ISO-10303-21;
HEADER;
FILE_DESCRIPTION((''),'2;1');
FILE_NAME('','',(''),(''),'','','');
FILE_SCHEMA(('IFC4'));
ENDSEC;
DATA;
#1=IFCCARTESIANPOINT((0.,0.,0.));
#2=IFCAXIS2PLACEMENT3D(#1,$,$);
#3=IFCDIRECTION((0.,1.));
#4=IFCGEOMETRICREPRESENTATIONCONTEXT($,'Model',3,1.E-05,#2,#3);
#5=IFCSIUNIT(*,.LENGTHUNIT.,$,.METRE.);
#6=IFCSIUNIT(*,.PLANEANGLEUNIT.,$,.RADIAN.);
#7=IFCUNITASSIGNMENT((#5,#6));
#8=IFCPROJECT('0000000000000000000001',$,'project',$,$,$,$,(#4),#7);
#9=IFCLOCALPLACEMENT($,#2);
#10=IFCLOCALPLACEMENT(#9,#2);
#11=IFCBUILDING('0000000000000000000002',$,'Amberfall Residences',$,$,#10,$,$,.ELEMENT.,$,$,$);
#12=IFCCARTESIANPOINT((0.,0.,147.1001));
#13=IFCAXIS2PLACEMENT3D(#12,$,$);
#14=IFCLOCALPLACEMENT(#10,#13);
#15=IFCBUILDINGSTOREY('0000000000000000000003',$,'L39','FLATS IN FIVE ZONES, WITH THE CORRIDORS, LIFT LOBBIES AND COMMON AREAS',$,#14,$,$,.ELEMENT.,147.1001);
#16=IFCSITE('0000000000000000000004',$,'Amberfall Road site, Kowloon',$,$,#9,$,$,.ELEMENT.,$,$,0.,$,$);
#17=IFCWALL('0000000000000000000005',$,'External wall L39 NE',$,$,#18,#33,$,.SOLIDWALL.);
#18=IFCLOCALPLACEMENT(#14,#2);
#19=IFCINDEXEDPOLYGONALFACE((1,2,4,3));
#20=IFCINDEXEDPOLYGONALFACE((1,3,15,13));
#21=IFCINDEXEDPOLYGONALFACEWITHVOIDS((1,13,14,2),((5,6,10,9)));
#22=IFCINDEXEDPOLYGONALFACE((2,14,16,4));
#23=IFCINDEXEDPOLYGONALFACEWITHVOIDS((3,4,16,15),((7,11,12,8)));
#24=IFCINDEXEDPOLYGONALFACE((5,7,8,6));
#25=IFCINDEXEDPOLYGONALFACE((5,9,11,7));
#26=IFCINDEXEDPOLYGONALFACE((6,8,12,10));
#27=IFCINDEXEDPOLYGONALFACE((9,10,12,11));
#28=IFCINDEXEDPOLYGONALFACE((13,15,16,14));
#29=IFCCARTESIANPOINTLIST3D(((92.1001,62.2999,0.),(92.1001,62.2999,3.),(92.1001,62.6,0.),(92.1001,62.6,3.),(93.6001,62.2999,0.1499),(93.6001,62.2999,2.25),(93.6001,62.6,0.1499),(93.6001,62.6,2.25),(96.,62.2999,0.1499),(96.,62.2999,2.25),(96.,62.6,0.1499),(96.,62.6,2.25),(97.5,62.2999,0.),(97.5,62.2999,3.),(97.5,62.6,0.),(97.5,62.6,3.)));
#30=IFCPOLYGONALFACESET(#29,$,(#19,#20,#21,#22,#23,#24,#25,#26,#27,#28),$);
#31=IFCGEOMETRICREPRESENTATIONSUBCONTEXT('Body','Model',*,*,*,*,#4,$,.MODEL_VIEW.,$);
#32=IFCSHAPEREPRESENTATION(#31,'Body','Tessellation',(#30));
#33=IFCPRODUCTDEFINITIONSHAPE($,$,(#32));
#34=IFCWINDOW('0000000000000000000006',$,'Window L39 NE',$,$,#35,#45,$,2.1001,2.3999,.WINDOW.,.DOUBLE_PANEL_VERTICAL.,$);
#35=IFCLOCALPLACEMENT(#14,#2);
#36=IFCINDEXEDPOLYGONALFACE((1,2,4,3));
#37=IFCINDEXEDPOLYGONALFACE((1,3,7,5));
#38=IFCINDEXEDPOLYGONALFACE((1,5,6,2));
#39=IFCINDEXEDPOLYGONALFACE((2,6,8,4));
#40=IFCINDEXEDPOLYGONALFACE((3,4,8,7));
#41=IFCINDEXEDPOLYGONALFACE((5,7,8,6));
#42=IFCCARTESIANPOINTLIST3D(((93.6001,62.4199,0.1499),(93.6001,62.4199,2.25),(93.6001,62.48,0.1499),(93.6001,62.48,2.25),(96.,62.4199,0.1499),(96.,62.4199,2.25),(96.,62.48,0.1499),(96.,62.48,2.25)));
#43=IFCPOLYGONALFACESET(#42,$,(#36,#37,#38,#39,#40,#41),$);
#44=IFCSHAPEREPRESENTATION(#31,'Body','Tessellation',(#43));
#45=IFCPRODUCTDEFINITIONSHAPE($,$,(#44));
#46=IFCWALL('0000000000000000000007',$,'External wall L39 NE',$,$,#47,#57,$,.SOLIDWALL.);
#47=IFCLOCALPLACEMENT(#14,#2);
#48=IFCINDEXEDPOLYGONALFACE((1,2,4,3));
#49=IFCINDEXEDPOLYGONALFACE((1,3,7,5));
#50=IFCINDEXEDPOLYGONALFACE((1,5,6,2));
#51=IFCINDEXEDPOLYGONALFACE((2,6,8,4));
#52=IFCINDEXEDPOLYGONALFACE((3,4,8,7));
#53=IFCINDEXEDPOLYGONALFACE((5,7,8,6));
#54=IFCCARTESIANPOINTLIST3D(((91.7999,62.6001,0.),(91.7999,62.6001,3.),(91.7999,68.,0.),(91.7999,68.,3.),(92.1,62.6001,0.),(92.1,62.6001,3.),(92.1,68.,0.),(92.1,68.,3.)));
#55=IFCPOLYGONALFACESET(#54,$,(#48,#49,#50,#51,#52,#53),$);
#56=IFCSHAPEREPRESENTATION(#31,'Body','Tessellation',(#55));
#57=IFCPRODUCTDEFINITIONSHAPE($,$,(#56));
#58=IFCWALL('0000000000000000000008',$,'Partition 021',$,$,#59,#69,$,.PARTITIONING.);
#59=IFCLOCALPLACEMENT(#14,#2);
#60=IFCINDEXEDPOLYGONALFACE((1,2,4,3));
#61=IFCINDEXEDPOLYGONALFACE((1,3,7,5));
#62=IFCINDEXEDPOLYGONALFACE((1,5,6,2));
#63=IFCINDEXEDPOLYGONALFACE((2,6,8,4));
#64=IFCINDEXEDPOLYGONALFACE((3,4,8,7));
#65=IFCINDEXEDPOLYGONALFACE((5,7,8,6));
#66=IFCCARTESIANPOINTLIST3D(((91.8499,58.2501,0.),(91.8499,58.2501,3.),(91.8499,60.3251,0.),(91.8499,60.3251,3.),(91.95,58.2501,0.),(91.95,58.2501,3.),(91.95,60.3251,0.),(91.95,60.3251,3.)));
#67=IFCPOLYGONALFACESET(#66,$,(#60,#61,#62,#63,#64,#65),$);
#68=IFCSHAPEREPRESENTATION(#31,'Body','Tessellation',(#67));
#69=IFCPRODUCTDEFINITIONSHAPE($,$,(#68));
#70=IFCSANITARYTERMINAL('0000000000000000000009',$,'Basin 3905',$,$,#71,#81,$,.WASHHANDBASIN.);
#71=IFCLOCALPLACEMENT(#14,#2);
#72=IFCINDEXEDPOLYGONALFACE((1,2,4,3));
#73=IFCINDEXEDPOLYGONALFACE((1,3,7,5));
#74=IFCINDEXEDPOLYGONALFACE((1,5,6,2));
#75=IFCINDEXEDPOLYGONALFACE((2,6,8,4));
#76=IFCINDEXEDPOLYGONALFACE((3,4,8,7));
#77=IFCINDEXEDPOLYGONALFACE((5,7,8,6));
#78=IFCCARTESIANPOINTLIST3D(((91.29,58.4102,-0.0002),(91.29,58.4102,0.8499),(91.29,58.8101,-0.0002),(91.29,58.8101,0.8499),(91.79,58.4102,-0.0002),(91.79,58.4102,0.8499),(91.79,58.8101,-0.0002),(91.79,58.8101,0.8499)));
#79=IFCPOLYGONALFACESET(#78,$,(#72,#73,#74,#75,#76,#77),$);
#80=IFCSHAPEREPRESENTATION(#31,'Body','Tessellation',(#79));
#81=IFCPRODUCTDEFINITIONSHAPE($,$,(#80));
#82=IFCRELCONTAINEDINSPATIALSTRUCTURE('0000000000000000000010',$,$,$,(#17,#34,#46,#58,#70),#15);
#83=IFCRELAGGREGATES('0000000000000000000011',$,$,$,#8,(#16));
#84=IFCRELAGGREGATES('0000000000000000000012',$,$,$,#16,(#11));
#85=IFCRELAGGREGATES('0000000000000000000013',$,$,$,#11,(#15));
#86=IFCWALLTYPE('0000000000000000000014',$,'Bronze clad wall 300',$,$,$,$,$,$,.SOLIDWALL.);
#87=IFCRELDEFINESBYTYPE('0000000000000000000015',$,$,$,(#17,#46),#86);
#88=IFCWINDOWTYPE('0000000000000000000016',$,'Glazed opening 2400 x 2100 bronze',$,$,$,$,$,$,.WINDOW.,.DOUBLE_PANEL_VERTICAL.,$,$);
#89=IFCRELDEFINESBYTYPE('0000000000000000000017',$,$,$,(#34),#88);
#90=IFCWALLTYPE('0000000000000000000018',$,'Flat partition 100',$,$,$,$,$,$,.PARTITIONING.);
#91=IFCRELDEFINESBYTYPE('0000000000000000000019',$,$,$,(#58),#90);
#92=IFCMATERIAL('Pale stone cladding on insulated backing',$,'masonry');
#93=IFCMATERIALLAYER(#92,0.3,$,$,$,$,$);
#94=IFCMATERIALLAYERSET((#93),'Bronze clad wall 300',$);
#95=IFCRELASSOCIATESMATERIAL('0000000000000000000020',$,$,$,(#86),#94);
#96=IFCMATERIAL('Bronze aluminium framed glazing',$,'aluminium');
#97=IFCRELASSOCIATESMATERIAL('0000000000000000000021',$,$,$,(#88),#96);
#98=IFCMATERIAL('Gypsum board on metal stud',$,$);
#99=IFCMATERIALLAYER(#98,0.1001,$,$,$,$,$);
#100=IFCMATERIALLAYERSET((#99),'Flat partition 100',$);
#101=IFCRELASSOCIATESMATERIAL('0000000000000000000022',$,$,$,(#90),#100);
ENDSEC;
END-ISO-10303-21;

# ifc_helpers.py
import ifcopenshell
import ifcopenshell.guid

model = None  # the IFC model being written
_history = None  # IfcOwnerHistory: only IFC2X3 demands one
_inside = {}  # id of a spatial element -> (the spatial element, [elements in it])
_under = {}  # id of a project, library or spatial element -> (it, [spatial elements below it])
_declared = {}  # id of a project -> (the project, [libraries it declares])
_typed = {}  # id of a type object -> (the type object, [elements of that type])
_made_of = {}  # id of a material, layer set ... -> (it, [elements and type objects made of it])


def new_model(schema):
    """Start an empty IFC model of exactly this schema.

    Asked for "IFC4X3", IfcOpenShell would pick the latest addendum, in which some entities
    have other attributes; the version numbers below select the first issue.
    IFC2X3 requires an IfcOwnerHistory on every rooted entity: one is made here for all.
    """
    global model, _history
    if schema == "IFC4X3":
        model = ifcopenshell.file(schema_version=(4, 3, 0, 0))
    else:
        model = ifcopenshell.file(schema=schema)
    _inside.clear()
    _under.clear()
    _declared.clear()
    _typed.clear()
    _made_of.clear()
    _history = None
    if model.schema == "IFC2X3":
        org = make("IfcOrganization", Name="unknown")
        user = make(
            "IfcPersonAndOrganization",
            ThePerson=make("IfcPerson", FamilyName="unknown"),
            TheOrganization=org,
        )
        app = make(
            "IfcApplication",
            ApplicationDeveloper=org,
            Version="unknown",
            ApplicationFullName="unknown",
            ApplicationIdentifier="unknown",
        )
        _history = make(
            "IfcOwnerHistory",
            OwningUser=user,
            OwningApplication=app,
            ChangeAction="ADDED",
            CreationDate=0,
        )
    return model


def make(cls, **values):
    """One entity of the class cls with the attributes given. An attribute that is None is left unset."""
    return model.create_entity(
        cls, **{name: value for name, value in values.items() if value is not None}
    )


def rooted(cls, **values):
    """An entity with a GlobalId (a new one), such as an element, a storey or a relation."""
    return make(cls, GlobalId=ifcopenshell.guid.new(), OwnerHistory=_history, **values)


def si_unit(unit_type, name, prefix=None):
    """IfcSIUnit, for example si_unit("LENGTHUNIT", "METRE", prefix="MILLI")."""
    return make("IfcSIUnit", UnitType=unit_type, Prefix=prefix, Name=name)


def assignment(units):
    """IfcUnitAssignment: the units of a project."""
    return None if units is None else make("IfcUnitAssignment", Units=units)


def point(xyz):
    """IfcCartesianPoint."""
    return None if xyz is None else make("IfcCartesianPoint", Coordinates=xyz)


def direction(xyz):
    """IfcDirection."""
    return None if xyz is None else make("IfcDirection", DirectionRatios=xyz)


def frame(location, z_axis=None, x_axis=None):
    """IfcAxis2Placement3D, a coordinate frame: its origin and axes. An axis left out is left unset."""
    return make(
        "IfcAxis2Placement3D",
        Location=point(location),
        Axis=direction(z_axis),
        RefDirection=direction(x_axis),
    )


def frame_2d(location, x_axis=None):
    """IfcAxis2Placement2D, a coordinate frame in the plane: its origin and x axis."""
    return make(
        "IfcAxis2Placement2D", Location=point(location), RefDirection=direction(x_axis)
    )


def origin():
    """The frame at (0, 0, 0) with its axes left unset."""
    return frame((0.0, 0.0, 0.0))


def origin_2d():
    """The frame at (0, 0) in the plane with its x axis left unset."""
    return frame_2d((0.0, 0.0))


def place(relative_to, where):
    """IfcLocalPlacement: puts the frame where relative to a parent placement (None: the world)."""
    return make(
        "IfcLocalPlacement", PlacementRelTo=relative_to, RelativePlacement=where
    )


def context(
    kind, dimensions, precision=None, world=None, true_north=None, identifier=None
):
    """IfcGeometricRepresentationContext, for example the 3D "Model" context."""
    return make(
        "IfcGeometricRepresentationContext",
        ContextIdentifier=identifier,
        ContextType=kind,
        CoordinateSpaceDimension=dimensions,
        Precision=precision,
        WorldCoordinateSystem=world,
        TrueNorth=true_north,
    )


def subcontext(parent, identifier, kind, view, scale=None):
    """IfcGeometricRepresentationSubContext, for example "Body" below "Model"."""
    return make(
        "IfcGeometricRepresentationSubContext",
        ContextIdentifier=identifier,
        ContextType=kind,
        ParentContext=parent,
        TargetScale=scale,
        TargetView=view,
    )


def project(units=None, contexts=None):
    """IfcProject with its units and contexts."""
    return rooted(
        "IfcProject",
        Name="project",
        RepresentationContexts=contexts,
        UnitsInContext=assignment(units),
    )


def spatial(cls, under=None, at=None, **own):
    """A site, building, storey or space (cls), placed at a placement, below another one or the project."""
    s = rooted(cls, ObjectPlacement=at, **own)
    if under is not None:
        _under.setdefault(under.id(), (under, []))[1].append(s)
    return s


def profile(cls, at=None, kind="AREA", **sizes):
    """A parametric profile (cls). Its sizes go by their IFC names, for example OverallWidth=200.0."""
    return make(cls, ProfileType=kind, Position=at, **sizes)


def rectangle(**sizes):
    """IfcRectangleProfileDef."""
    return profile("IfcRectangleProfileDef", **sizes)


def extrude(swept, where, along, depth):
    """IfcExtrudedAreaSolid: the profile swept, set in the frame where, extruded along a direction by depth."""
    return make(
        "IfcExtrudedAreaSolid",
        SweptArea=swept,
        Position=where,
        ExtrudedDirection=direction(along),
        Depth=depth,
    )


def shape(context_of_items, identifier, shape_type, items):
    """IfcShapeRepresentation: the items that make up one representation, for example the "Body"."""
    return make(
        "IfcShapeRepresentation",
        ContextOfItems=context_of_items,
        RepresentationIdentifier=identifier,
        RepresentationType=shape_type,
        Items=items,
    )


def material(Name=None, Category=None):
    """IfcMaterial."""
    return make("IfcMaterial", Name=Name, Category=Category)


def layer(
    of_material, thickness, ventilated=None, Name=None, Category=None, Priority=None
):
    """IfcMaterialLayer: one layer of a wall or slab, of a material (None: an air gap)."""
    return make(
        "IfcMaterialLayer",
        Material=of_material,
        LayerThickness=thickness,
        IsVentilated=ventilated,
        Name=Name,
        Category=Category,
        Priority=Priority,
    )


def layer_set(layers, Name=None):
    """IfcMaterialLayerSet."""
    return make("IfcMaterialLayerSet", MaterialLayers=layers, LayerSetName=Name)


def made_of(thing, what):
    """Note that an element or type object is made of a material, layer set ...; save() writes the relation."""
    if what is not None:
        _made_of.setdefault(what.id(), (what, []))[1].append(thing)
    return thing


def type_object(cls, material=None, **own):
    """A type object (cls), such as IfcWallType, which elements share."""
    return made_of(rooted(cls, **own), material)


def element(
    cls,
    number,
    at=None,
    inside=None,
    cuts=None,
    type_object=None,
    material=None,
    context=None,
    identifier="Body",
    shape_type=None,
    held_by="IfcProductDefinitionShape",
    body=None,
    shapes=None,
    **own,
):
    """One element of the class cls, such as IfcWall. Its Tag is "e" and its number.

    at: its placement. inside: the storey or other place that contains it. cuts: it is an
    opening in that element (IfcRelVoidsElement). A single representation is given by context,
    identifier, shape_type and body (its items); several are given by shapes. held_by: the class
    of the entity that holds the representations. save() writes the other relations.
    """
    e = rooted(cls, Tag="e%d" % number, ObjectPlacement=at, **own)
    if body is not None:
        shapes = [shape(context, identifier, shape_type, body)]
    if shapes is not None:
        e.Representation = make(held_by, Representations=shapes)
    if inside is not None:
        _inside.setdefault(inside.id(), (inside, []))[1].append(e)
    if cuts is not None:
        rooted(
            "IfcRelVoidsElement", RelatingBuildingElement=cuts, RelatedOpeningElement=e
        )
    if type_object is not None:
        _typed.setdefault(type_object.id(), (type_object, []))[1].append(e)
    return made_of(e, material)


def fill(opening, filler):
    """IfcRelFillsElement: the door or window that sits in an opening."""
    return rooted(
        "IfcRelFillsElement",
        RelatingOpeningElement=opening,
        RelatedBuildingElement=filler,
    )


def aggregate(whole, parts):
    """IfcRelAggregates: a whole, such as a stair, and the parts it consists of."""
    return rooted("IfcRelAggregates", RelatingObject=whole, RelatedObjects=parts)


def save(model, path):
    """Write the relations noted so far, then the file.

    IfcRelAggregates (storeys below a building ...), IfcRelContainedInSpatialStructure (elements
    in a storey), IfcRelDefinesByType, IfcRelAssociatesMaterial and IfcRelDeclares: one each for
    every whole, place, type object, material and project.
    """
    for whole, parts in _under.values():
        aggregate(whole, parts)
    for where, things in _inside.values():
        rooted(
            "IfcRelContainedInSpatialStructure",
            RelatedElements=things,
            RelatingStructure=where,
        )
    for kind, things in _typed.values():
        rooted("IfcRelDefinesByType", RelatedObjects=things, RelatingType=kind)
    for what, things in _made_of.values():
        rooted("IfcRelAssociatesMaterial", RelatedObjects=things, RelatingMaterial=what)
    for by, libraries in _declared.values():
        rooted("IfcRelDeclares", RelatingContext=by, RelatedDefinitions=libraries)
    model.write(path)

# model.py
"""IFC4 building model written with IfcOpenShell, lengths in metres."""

from ifc_helpers import new_model, si_unit, direction, frame, frame_2d, origin, origin_2d, place, context, subcontext, project, spatial, rectangle, extrude, material, layer, layer_set, type_object, element, fill, save


model = new_model("IFC4")

# Units and contexts
model_context = context("Model", 3, precision=1e-05, world=origin(), true_north=direction((0.0, 1.0)))
body_context = subcontext(model_context, "Body", "Model", "MODEL_VIEW")
ifc_project = project(units=[si_unit("LENGTHUNIT", "METRE"), si_unit("PLANEANGLEUNIT", "RADIAN")], contexts=[model_context])

# Site, building, storey
site_placement = place(None, origin())
site = spatial("IfcSite", under=ifc_project, at=site_placement, Name="Amberfall Road site, Kowloon", CompositionType="ELEMENT", RefElevation=0.0)
building_placement = place(site_placement, origin())
building = spatial("IfcBuilding", under=site, at=building_placement, Name="Amberfall Residences", CompositionType="ELEMENT")
storey_placement = place(building_placement, frame((0.0, 0.0, 147.1001)))
storey = spatial("IfcBuildingStorey", under=building, at=storey_placement, Name="L39", Description="FLATS IN FIVE ZONES, WITH THE CORRIDORS, LIFT LOBBIES AND COMMON AREAS", CompositionType="ELEMENT", Elevation=147.1001)

# Wall, opening, window
ifc_material_1 = material(Name="Pale stone cladding on insulated backing", Category="masonry")
ifc_layer_1 = layer(ifc_material_1, 0.3)
ifc_layer_set_1 = layer_set([ifc_layer_1], Name="Bronze clad wall 300")
wall_type_1 = type_object("IfcWallType", Name="Bronze clad wall 300", PredefinedType="SOLIDWALL", material=ifc_layer_set_1)
wall_1_placement = place(storey_placement, frame((97.5, 62.45, 0.0), z_axis=(0.0, 0.0, 1.0), x_axis=(-1.0, 0.0, 0.0)))
wall_1 = element("IfcWall", 1, at=wall_1_placement, inside=storey, type_object=wall_type_1, Name="External wall L39 NE", PredefinedType="SOLIDWALL", context=body_context, shape_type="SweptSolid", body=[
    extrude(rectangle(XDim=5.3999, YDim=0.3, at=frame_2d((2.7, 0.0))), origin(), (0.0, 0.0, 1.0), 3.0),
])
opening_placement = place(wall_1_placement, frame((1.5, 0.0, 0.1499)))
opening = element("IfcOpeningElement", 2, at=opening_placement, cuts=wall_1, PredefinedType="OPENING", context=body_context, shape_type="SweptSolid", body=[
    extrude(rectangle(XDim=2.3999, YDim=2.1001, at=frame_2d((1.2, 1.05))), frame((0.0, 0.1599, 0.0), z_axis=(0.0, -1.0, 0.0), x_axis=(1.0, 0.0, 0.0)), (0.0, 0.0, 1.0), 0.3201),
])
ifc_material_2 = material(Name="Bronze aluminium framed glazing", Category="aluminium")
window_type = type_object("IfcWindowType", Name="Glazed opening 2400 x 2100 bronze", PartitioningType="DOUBLE_PANEL_VERTICAL", PredefinedType="WINDOW", material=ifc_material_2)
window_placement = place(opening_placement, origin())
window = element("IfcWindow", 3, at=window_placement, inside=storey, type_object=window_type, Name="Window L39 NE", OverallHeight=2.1001, OverallWidth=2.3999, PartitioningType="DOUBLE_PANEL_VERTICAL", PredefinedType="WINDOW", context=body_context, shape_type="SweptSolid", body=[
    extrude(rectangle(XDim=2.3999, YDim=2.1001, at=frame_2d((1.2, 1.05))), frame((0.0, 0.03, 0.0), z_axis=(0.0, -1.0, 0.0), x_axis=(1.0, 0.0, 0.0)), (0.0, 0.0, 1.0), 0.0601),
])
fill(opening, window)

# Walls
wall_2_placement = place(storey_placement, frame((91.95, 62.6001, 0.0), z_axis=(0.0, 0.0, 1.0), x_axis=(0.0, 1.0, 0.0)))
element("IfcWall", 4, at=wall_2_placement, inside=storey, type_object=wall_type_1, Name="External wall L39 NE", PredefinedType="SOLIDWALL", context=body_context, shape_type="SweptSolid", body=[
    extrude(rectangle(XDim=5.3999, YDim=0.3, at=frame_2d((2.7, 0.0))), origin(), (0.0, 0.0, 1.0), 3.0),
])
ifc_material_3 = material(Name="Gypsum board on metal stud")
ifc_layer_2 = layer(ifc_material_3, 0.1001)
ifc_layer_set_2 = layer_set([ifc_layer_2], Name="Flat partition 100")
wall_type_2 = type_object("IfcWallType", Name="Flat partition 100", PredefinedType="PARTITIONING", material=ifc_layer_set_2)
wall_3_placement = place(storey_placement, frame((91.8999, 58.25, 0.0), z_axis=(0.0, 0.0, 1.0), x_axis=(0.0, 1.0, 0.0)))
element("IfcWall", 5, at=wall_3_placement, inside=storey, type_object=wall_type_2, Name="Partition 021", PredefinedType="PARTITIONING", context=body_context, shape_type="SweptSolid", body=[
    extrude(rectangle(XDim=2.075, YDim=0.1001, at=frame_2d((1.0376, 0.0))), origin(), (0.0, 0.0, 1.0), 3.0),
])

# Sanitary terminal
sanitary_terminal_placement = place(storey_placement, frame((91.54, 58.6101, -0.0002), z_axis=(0.0, 0.0, 1.0), x_axis=(1.0, 0.0, 0.0)))
element("IfcSanitaryTerminal", 6, at=sanitary_terminal_placement, inside=storey, Name="Basin 3905", PredefinedType="WASHHANDBASIN", context=body_context, shape_type="SweptSolid", body=[
    extrude(rectangle(XDim=0.5, YDim=0.3999, at=origin_2d()), origin(), (0.0, 0.0, 1.0), 0.8501),
])

save(model, "model.ifc")
